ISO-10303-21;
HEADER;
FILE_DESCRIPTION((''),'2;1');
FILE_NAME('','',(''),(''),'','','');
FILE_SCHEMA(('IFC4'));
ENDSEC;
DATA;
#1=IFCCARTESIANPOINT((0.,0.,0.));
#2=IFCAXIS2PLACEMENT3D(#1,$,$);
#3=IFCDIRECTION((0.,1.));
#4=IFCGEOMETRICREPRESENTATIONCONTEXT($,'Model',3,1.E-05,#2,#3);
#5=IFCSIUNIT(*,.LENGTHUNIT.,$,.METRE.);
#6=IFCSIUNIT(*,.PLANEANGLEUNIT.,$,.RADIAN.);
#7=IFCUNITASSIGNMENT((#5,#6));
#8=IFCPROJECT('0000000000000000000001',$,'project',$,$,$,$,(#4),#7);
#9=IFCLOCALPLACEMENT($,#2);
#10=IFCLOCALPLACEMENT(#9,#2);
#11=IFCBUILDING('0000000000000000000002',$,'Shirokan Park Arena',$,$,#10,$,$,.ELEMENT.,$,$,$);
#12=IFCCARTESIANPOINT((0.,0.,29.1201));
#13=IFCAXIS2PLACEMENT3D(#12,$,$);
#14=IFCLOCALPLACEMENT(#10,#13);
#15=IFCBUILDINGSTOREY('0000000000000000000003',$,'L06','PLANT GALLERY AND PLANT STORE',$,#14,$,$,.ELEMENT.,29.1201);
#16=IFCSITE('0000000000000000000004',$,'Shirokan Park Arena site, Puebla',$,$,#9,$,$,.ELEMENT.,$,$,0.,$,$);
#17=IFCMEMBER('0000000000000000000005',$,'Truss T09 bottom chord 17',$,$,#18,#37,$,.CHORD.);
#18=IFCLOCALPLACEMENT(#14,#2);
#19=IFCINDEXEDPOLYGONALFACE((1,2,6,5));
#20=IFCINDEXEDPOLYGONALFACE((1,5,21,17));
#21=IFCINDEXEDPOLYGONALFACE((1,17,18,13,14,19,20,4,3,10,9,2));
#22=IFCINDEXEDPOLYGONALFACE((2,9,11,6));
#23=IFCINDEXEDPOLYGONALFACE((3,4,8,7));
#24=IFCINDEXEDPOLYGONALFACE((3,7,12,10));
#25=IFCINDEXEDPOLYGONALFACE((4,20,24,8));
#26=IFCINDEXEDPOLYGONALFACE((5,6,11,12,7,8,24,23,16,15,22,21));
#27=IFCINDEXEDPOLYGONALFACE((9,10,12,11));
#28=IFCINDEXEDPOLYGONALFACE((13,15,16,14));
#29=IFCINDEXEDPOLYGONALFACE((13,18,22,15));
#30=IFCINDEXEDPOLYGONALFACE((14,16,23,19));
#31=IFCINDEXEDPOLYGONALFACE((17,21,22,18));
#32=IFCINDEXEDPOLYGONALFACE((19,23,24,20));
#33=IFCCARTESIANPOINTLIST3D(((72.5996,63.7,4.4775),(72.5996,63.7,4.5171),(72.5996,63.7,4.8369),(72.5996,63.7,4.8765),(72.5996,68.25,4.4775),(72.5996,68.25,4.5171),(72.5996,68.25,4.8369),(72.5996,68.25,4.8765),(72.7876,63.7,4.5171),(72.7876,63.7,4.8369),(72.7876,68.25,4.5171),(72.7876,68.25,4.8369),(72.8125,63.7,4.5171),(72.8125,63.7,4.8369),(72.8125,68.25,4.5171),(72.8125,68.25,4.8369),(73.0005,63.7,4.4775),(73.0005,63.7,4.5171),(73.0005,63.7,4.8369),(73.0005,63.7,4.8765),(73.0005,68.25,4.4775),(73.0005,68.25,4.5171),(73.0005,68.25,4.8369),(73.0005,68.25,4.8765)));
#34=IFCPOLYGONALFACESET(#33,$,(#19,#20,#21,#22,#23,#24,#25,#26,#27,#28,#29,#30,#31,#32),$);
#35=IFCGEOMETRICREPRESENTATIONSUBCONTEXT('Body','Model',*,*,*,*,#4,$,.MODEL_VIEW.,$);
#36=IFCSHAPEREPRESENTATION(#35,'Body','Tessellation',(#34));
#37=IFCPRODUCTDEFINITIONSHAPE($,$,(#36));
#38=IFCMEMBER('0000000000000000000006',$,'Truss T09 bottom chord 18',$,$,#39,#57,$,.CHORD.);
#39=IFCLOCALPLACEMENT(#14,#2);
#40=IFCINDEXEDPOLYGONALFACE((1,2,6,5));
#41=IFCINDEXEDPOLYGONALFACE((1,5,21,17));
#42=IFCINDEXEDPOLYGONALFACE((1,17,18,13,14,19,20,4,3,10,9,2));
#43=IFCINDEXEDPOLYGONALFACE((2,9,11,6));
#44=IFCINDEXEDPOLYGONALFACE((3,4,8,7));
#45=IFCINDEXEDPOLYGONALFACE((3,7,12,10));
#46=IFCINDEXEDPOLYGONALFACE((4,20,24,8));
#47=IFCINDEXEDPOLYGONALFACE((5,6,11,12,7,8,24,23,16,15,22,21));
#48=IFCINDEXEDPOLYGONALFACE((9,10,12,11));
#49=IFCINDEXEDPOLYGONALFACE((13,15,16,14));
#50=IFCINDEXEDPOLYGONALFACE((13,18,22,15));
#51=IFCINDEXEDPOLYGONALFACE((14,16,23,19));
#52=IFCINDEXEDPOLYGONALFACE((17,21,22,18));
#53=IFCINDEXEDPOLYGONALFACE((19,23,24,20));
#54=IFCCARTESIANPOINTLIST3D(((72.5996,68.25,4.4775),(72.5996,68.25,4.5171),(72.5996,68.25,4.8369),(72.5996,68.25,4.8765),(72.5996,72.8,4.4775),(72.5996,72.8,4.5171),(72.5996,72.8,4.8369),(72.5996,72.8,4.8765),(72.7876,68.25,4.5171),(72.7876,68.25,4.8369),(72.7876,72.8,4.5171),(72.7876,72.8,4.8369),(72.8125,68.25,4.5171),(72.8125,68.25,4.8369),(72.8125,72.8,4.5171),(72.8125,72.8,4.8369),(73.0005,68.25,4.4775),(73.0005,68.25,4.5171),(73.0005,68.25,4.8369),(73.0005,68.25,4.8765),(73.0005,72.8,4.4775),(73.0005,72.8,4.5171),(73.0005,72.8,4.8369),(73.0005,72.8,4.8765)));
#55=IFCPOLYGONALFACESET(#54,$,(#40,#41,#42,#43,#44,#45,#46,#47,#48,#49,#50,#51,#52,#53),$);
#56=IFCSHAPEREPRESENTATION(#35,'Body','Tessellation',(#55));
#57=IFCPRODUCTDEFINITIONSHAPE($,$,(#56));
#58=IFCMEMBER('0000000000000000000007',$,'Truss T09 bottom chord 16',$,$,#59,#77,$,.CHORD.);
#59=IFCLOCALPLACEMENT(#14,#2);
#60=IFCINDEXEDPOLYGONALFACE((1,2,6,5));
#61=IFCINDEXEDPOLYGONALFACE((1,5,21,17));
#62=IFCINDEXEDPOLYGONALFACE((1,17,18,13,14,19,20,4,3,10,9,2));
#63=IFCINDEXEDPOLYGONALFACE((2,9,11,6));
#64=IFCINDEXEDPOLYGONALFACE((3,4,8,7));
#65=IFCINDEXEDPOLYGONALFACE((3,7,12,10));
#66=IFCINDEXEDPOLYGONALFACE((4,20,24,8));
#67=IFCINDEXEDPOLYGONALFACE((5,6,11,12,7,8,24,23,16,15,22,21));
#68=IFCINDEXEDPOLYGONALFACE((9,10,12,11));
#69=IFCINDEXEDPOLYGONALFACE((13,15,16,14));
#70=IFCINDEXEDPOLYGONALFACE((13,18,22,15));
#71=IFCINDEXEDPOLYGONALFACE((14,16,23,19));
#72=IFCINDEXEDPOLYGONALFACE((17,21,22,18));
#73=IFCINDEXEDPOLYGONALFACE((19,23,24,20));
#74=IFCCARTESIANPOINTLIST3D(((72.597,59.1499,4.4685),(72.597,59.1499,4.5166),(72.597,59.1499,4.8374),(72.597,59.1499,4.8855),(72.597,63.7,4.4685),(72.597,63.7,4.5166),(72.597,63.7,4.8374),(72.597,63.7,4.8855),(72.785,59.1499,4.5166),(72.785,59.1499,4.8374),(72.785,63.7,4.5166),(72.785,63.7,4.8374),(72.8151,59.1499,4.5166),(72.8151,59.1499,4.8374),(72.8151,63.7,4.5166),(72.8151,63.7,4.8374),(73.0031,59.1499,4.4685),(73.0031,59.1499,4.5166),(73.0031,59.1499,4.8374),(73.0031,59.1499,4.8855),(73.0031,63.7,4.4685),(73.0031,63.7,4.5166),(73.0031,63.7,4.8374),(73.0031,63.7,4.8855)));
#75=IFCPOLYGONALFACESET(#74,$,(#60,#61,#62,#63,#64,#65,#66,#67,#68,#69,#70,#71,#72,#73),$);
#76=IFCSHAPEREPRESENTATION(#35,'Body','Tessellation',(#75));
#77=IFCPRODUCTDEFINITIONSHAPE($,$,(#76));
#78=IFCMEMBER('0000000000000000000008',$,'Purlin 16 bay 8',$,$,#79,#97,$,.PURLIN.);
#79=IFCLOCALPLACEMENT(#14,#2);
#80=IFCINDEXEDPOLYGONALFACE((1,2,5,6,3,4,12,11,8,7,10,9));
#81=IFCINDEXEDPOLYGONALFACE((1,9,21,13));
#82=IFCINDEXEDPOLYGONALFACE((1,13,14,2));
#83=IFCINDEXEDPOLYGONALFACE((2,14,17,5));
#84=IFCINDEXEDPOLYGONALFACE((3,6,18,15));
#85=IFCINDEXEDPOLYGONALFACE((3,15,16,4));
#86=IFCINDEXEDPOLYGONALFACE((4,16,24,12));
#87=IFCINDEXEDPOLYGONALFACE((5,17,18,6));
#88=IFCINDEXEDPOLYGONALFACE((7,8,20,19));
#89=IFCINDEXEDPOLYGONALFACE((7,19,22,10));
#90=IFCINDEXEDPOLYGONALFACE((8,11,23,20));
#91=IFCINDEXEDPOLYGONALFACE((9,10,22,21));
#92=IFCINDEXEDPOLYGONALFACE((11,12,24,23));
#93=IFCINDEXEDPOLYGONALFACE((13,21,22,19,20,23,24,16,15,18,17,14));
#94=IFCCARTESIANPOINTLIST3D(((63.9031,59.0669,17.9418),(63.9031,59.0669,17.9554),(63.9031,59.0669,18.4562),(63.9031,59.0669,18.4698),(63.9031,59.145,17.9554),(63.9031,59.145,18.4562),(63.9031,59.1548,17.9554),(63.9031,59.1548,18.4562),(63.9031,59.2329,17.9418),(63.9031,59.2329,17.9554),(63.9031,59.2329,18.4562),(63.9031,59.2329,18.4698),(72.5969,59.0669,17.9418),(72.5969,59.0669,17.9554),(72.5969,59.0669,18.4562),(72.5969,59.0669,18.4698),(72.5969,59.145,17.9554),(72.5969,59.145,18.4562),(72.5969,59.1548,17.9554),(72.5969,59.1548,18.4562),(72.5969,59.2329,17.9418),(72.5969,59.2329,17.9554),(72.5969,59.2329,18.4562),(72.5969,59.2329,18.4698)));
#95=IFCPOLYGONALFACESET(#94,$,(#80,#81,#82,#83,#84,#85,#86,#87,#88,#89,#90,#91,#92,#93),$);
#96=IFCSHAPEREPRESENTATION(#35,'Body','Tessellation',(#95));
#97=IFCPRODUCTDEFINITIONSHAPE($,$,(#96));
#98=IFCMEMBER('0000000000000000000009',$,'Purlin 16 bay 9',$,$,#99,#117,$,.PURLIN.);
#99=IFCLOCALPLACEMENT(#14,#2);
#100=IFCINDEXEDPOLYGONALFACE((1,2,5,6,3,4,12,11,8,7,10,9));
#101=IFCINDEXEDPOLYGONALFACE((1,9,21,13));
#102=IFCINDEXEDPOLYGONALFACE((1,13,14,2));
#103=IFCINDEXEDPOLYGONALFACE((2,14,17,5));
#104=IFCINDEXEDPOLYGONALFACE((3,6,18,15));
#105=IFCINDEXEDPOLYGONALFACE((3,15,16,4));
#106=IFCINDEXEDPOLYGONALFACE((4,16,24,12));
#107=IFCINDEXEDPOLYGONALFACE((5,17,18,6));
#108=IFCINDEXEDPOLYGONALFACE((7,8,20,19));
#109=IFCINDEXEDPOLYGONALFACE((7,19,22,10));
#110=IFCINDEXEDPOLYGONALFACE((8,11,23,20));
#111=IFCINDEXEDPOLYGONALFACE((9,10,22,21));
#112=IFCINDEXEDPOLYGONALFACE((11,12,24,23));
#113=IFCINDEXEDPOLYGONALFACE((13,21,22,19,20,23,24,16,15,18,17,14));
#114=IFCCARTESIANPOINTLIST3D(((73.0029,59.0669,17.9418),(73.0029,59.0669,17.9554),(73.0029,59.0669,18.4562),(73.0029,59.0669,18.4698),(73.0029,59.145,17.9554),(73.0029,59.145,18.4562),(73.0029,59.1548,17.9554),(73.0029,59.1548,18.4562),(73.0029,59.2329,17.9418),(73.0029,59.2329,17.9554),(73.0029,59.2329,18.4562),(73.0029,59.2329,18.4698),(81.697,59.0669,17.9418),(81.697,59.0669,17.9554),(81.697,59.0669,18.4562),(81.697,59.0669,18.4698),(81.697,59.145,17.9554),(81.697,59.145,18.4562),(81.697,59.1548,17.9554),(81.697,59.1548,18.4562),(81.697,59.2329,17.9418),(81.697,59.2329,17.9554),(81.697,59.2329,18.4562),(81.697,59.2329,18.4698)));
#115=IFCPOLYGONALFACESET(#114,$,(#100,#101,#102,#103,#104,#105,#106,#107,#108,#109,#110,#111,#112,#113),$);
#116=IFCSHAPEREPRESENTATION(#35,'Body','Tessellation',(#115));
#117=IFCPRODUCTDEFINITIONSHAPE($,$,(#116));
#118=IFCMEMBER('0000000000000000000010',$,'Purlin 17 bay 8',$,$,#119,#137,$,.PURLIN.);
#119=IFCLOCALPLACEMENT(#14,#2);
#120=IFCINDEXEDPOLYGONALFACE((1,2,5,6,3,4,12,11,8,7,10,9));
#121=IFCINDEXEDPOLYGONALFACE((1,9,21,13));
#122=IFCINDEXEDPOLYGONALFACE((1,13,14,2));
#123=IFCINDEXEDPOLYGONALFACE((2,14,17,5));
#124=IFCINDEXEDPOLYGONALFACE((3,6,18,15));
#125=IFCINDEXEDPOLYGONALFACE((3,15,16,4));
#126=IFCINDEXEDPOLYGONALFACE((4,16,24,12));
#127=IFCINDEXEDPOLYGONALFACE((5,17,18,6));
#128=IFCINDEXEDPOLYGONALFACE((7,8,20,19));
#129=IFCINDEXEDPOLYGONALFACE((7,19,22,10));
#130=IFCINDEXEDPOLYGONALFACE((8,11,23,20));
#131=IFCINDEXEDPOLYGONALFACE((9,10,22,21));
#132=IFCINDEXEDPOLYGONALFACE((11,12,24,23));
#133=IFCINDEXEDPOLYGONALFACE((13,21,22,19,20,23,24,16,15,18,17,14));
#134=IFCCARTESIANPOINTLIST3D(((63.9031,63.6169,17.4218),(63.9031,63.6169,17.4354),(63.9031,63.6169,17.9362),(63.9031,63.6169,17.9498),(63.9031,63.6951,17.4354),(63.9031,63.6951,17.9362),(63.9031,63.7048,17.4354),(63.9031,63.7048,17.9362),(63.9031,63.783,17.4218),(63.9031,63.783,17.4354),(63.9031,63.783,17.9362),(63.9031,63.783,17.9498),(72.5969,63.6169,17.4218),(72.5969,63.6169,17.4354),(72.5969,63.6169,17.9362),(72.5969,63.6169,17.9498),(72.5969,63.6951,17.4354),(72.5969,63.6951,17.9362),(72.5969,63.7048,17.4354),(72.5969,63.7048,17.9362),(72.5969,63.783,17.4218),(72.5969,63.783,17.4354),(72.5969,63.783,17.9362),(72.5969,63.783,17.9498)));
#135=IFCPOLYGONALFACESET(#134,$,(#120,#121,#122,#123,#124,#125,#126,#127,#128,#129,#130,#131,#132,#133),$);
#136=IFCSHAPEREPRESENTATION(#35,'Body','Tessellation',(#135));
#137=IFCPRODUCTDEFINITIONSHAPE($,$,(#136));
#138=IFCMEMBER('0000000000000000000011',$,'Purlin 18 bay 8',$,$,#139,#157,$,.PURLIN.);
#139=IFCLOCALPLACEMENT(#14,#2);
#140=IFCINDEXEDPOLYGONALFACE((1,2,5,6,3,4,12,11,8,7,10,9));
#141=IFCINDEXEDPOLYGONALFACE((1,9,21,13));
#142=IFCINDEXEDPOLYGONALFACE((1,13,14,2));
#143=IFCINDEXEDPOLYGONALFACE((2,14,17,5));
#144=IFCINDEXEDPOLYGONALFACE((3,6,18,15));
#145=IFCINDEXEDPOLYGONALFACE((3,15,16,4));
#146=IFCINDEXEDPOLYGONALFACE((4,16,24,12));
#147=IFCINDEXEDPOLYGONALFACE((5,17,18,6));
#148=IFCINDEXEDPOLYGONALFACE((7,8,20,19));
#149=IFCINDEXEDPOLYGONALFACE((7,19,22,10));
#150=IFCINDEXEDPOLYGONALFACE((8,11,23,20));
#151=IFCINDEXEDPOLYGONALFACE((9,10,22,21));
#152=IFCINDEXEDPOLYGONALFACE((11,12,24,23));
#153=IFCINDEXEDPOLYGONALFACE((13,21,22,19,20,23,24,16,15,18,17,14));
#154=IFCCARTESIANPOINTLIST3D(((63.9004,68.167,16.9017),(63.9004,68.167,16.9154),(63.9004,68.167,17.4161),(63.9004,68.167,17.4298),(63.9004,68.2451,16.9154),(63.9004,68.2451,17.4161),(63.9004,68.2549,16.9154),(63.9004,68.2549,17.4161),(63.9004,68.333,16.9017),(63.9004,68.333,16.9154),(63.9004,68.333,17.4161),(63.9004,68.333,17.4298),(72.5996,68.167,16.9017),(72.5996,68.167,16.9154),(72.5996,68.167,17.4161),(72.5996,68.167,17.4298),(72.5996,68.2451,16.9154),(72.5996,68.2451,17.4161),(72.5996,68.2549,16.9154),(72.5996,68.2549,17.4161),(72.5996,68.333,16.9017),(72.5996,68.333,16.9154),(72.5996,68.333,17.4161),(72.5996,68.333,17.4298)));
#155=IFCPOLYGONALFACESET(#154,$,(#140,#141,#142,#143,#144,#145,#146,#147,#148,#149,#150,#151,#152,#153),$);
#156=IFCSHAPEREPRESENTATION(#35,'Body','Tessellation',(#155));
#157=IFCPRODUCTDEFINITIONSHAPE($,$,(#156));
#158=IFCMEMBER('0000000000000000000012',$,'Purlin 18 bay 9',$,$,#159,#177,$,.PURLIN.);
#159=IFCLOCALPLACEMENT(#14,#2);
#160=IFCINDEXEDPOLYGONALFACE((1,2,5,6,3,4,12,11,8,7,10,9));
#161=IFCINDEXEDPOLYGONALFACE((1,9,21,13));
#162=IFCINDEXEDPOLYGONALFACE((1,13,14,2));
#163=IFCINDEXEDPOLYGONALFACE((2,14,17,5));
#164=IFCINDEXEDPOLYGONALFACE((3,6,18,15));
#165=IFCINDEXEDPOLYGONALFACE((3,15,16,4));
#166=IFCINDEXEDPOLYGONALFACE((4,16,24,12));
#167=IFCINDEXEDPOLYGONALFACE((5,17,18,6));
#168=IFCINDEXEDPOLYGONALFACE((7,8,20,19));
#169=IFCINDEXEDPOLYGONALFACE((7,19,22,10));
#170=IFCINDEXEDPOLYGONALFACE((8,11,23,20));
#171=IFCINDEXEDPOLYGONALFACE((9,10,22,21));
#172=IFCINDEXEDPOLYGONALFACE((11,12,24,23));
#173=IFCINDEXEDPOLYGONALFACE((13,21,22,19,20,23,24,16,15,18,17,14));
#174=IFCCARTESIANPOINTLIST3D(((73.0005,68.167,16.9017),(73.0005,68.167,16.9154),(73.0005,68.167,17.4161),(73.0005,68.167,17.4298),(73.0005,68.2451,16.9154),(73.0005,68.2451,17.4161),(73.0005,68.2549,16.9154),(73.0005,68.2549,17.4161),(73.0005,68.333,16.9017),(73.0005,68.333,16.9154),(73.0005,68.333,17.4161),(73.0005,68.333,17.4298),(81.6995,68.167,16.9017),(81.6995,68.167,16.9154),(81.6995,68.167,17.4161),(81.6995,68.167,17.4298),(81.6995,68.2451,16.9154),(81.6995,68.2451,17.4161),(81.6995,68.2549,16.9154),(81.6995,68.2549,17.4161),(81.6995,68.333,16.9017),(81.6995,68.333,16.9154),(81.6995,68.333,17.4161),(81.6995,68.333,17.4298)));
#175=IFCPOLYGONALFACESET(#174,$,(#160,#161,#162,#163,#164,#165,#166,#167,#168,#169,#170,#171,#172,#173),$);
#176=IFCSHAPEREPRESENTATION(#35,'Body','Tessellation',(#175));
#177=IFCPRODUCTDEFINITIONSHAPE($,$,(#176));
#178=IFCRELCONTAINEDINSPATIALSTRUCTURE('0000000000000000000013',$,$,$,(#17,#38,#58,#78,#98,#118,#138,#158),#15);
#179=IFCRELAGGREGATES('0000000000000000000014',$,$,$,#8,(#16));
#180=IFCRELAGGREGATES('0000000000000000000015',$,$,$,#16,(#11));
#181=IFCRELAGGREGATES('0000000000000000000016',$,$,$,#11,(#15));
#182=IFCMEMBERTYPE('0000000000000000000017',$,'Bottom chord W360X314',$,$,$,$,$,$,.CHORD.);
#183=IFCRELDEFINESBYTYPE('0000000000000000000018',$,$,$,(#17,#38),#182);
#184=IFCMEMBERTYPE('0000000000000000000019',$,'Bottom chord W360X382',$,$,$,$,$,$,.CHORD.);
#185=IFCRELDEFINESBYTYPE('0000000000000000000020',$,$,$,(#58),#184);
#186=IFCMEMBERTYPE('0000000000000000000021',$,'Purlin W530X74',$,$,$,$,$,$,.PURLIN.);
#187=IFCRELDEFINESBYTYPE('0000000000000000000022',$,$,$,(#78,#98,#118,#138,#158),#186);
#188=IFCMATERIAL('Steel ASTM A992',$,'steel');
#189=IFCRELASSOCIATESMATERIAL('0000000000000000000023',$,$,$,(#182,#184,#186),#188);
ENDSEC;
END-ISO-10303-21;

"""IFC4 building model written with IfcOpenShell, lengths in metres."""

from ifc_helpers import new_model, si_unit, direction, frame, origin, origin_2d, place, context, subcontext, project, spatial, i_section, extrude, material, material_profile, profile_set, type_object, element, save


model = new_model("IFC4")

# Units and contexts
model_context = context("Model", 3, precision=1e-05, world=origin(), true_north=direction((0.0, 1.0)))
body_context = subcontext(model_context, "Body", "Model", "MODEL_VIEW")
ifc_project = project(units=[si_unit("LENGTHUNIT", "METRE"), si_unit("PLANEANGLEUNIT", "RADIAN")], contexts=[model_context])

# Site, building, storey
site_placement = place(None, origin())
site = spatial("IfcSite", under=ifc_project, at=site_placement, Name="Shirokan Park Arena site, Puebla", CompositionType="ELEMENT", RefElevation=0.0)
building_placement = place(site_placement, origin())
building = spatial("IfcBuilding", under=site, at=building_placement, Name="Shirokan Park Arena", CompositionType="ELEMENT")
storey_placement = place(building_placement, frame((0.0, 0.0, 29.1201)))
storey = spatial("IfcBuildingStorey", under=building, at=storey_placement, Name="L06", Description="PLANT GALLERY AND PLANT STORE", CompositionType="ELEMENT", Elevation=29.1201)

# Members
ifc_material_1 = material(Name="Steel ASTM A992", Category="steel")
ifc_material_profile_1 = material_profile(ifc_material_1, i_section(OverallWidth=0.4009, OverallDepth=0.3989, WebThickness=0.0249, FlangeThickness=0.0396, at=origin_2d()), Name="W360X314")
ifc_profile_set_1 = profile_set([ifc_material_profile_1], Name="Steel ASTM A992")
member_type_1 = type_object("IfcMemberType", Name="Bottom chord W360X314", PredefinedType="CHORD", material=ifc_profile_set_1)
for number, where, z_axis, x_axis, name in (
    (1, (72.8, 63.7, 4.677), (0.0, 1.0, 0.0), (-1.0, 0.0, 0.0), "Truss T09 bottom chord 17"),
    (2, (72.8, 68.25, 4.677), (0.0, 1.0, 0.0), (-1.0, 0.0, 0.0), "Truss T09 bottom chord 18"),
):
    element("IfcMember", number, at=place(storey_placement, frame(where, z_axis=z_axis, x_axis=x_axis)), inside=storey, type_object=member_type_1, Name=name, PredefinedType="CHORD", context=body_context, shape_type="SweptSolid", body=[
        extrude(i_section(OverallWidth=0.4009, OverallDepth=0.3989, WebThickness=0.0249, FlangeThickness=0.0396, at=origin_2d()), origin(), (0.0, 0.0, 1.0), 4.55),
    ])
ifc_material_profile_2 = material_profile(ifc_material_1, i_section(OverallWidth=0.406, OverallDepth=0.417, WebThickness=0.03, FlangeThickness=0.0481, at=origin_2d()), Name="W360X382")
ifc_profile_set_2 = profile_set([ifc_material_profile_2], Name="Steel ASTM A992")
member_type_2 = type_object("IfcMemberType", Name="Bottom chord W360X382", PredefinedType="CHORD", material=ifc_profile_set_2)
member_1_placement = place(storey_placement, frame((72.8, 59.1499, 4.677), z_axis=(0.0, 1.0, 0.0), x_axis=(-1.0, 0.0, 0.0)))
element("IfcMember", 3, at=member_1_placement, inside=storey, type_object=member_type_2, Name="Truss T09 bottom chord 16", PredefinedType="CHORD", context=body_context, shape_type="SweptSolid", body=[
    extrude(i_section(OverallWidth=0.406, OverallDepth=0.417, WebThickness=0.03, FlangeThickness=0.0481, at=origin_2d()), origin(), (0.0, 0.0, 1.0), 4.55),
])
ifc_material_profile_3 = material_profile(ifc_material_1, i_section(OverallWidth=0.166, OverallDepth=0.5281, WebThickness=0.0098, FlangeThickness=0.0137, at=origin_2d()), Name="W530X74")
ifc_profile_set_3 = profile_set([ifc_material_profile_3], Name="Steel ASTM A992")
member_type_3 = type_object("IfcMemberType", Name="Purlin W530X74", PredefinedType="PURLIN", material=ifc_profile_set_3)
member_2_placement = place(storey_placement, frame((63.9031, 59.1499, 18.2058), z_axis=(1.0, 0.0, 0.0), x_axis=(0.0, 1.0, 0.0)))
element("IfcMember", 4, at=member_2_placement, inside=storey, type_object=member_type_3, Name="Purlin 16 bay 8", PredefinedType="PURLIN", context=body_context, shape_type="SweptSolid", body=[
    extrude(i_section(OverallWidth=0.166, OverallDepth=0.5281, WebThickness=0.0098, FlangeThickness=0.0137, at=origin_2d()), origin(), (0.0, 0.0, 1.0), 8.6938),
])
member_3_placement = place(storey_placement, frame((73.0029, 59.1499, 18.2058), z_axis=(1.0, 0.0, 0.0), x_axis=(0.0, 1.0, 0.0)))
element("IfcMember", 5, at=member_3_placement, inside=storey, type_object=member_type_3, Name="Purlin 16 bay 9", PredefinedType="PURLIN", context=body_context, shape_type="SweptSolid", body=[
    extrude(i_section(OverallWidth=0.166, OverallDepth=0.5281, WebThickness=0.0098, FlangeThickness=0.0137, at=origin_2d()), origin(), (0.0, 0.0, 1.0), 8.6941),
])
member_4_placement = place(storey_placement, frame((63.9031, 63.7, 17.6858), z_axis=(1.0, 0.0, 0.0), x_axis=(0.0, 1.0, 0.0)))
element("IfcMember", 6, at=member_4_placement, inside=storey, type_object=member_type_3, Name="Purlin 17 bay 8", PredefinedType="PURLIN", context=body_context, shape_type="SweptSolid", body=[
    extrude(i_section(OverallWidth=0.166, OverallDepth=0.5281, WebThickness=0.0098, FlangeThickness=0.0137, at=origin_2d()), origin(), (0.0, 0.0, 1.0), 8.6938),
])
member_5_placement = place(storey_placement, frame((63.9004, 68.25, 17.1658), z_axis=(1.0, 0.0, 0.0), x_axis=(0.0, 1.0, 0.0)))
element("IfcMember", 7, at=member_5_placement, inside=storey, type_object=member_type_3, Name="Purlin 18 bay 8", PredefinedType="PURLIN", context=body_context, shape_type="SweptSolid", body=[
    extrude(i_section(OverallWidth=0.166, OverallDepth=0.5281, WebThickness=0.0098, FlangeThickness=0.0137, at=origin_2d()), origin(), (0.0, 0.0, 1.0), 8.6992),
])
member_6_placement = place(storey_placement, frame((73.0005, 68.25, 17.1658), z_axis=(1.0, 0.0, 0.0), x_axis=(0.0, 1.0, 0.0)))
element("IfcMember", 8, at=member_6_placement, inside=storey, type_object=member_type_3, Name="Purlin 18 bay 9", PredefinedType="PURLIN", context=body_context, shape_type="SweptSolid", body=[
    extrude(i_section(OverallWidth=0.166, OverallDepth=0.5281, WebThickness=0.0098, FlangeThickness=0.0137, at=origin_2d()), origin(), (0.0, 0.0, 1.0), 8.699),
])

save(model, "model.ifc")
